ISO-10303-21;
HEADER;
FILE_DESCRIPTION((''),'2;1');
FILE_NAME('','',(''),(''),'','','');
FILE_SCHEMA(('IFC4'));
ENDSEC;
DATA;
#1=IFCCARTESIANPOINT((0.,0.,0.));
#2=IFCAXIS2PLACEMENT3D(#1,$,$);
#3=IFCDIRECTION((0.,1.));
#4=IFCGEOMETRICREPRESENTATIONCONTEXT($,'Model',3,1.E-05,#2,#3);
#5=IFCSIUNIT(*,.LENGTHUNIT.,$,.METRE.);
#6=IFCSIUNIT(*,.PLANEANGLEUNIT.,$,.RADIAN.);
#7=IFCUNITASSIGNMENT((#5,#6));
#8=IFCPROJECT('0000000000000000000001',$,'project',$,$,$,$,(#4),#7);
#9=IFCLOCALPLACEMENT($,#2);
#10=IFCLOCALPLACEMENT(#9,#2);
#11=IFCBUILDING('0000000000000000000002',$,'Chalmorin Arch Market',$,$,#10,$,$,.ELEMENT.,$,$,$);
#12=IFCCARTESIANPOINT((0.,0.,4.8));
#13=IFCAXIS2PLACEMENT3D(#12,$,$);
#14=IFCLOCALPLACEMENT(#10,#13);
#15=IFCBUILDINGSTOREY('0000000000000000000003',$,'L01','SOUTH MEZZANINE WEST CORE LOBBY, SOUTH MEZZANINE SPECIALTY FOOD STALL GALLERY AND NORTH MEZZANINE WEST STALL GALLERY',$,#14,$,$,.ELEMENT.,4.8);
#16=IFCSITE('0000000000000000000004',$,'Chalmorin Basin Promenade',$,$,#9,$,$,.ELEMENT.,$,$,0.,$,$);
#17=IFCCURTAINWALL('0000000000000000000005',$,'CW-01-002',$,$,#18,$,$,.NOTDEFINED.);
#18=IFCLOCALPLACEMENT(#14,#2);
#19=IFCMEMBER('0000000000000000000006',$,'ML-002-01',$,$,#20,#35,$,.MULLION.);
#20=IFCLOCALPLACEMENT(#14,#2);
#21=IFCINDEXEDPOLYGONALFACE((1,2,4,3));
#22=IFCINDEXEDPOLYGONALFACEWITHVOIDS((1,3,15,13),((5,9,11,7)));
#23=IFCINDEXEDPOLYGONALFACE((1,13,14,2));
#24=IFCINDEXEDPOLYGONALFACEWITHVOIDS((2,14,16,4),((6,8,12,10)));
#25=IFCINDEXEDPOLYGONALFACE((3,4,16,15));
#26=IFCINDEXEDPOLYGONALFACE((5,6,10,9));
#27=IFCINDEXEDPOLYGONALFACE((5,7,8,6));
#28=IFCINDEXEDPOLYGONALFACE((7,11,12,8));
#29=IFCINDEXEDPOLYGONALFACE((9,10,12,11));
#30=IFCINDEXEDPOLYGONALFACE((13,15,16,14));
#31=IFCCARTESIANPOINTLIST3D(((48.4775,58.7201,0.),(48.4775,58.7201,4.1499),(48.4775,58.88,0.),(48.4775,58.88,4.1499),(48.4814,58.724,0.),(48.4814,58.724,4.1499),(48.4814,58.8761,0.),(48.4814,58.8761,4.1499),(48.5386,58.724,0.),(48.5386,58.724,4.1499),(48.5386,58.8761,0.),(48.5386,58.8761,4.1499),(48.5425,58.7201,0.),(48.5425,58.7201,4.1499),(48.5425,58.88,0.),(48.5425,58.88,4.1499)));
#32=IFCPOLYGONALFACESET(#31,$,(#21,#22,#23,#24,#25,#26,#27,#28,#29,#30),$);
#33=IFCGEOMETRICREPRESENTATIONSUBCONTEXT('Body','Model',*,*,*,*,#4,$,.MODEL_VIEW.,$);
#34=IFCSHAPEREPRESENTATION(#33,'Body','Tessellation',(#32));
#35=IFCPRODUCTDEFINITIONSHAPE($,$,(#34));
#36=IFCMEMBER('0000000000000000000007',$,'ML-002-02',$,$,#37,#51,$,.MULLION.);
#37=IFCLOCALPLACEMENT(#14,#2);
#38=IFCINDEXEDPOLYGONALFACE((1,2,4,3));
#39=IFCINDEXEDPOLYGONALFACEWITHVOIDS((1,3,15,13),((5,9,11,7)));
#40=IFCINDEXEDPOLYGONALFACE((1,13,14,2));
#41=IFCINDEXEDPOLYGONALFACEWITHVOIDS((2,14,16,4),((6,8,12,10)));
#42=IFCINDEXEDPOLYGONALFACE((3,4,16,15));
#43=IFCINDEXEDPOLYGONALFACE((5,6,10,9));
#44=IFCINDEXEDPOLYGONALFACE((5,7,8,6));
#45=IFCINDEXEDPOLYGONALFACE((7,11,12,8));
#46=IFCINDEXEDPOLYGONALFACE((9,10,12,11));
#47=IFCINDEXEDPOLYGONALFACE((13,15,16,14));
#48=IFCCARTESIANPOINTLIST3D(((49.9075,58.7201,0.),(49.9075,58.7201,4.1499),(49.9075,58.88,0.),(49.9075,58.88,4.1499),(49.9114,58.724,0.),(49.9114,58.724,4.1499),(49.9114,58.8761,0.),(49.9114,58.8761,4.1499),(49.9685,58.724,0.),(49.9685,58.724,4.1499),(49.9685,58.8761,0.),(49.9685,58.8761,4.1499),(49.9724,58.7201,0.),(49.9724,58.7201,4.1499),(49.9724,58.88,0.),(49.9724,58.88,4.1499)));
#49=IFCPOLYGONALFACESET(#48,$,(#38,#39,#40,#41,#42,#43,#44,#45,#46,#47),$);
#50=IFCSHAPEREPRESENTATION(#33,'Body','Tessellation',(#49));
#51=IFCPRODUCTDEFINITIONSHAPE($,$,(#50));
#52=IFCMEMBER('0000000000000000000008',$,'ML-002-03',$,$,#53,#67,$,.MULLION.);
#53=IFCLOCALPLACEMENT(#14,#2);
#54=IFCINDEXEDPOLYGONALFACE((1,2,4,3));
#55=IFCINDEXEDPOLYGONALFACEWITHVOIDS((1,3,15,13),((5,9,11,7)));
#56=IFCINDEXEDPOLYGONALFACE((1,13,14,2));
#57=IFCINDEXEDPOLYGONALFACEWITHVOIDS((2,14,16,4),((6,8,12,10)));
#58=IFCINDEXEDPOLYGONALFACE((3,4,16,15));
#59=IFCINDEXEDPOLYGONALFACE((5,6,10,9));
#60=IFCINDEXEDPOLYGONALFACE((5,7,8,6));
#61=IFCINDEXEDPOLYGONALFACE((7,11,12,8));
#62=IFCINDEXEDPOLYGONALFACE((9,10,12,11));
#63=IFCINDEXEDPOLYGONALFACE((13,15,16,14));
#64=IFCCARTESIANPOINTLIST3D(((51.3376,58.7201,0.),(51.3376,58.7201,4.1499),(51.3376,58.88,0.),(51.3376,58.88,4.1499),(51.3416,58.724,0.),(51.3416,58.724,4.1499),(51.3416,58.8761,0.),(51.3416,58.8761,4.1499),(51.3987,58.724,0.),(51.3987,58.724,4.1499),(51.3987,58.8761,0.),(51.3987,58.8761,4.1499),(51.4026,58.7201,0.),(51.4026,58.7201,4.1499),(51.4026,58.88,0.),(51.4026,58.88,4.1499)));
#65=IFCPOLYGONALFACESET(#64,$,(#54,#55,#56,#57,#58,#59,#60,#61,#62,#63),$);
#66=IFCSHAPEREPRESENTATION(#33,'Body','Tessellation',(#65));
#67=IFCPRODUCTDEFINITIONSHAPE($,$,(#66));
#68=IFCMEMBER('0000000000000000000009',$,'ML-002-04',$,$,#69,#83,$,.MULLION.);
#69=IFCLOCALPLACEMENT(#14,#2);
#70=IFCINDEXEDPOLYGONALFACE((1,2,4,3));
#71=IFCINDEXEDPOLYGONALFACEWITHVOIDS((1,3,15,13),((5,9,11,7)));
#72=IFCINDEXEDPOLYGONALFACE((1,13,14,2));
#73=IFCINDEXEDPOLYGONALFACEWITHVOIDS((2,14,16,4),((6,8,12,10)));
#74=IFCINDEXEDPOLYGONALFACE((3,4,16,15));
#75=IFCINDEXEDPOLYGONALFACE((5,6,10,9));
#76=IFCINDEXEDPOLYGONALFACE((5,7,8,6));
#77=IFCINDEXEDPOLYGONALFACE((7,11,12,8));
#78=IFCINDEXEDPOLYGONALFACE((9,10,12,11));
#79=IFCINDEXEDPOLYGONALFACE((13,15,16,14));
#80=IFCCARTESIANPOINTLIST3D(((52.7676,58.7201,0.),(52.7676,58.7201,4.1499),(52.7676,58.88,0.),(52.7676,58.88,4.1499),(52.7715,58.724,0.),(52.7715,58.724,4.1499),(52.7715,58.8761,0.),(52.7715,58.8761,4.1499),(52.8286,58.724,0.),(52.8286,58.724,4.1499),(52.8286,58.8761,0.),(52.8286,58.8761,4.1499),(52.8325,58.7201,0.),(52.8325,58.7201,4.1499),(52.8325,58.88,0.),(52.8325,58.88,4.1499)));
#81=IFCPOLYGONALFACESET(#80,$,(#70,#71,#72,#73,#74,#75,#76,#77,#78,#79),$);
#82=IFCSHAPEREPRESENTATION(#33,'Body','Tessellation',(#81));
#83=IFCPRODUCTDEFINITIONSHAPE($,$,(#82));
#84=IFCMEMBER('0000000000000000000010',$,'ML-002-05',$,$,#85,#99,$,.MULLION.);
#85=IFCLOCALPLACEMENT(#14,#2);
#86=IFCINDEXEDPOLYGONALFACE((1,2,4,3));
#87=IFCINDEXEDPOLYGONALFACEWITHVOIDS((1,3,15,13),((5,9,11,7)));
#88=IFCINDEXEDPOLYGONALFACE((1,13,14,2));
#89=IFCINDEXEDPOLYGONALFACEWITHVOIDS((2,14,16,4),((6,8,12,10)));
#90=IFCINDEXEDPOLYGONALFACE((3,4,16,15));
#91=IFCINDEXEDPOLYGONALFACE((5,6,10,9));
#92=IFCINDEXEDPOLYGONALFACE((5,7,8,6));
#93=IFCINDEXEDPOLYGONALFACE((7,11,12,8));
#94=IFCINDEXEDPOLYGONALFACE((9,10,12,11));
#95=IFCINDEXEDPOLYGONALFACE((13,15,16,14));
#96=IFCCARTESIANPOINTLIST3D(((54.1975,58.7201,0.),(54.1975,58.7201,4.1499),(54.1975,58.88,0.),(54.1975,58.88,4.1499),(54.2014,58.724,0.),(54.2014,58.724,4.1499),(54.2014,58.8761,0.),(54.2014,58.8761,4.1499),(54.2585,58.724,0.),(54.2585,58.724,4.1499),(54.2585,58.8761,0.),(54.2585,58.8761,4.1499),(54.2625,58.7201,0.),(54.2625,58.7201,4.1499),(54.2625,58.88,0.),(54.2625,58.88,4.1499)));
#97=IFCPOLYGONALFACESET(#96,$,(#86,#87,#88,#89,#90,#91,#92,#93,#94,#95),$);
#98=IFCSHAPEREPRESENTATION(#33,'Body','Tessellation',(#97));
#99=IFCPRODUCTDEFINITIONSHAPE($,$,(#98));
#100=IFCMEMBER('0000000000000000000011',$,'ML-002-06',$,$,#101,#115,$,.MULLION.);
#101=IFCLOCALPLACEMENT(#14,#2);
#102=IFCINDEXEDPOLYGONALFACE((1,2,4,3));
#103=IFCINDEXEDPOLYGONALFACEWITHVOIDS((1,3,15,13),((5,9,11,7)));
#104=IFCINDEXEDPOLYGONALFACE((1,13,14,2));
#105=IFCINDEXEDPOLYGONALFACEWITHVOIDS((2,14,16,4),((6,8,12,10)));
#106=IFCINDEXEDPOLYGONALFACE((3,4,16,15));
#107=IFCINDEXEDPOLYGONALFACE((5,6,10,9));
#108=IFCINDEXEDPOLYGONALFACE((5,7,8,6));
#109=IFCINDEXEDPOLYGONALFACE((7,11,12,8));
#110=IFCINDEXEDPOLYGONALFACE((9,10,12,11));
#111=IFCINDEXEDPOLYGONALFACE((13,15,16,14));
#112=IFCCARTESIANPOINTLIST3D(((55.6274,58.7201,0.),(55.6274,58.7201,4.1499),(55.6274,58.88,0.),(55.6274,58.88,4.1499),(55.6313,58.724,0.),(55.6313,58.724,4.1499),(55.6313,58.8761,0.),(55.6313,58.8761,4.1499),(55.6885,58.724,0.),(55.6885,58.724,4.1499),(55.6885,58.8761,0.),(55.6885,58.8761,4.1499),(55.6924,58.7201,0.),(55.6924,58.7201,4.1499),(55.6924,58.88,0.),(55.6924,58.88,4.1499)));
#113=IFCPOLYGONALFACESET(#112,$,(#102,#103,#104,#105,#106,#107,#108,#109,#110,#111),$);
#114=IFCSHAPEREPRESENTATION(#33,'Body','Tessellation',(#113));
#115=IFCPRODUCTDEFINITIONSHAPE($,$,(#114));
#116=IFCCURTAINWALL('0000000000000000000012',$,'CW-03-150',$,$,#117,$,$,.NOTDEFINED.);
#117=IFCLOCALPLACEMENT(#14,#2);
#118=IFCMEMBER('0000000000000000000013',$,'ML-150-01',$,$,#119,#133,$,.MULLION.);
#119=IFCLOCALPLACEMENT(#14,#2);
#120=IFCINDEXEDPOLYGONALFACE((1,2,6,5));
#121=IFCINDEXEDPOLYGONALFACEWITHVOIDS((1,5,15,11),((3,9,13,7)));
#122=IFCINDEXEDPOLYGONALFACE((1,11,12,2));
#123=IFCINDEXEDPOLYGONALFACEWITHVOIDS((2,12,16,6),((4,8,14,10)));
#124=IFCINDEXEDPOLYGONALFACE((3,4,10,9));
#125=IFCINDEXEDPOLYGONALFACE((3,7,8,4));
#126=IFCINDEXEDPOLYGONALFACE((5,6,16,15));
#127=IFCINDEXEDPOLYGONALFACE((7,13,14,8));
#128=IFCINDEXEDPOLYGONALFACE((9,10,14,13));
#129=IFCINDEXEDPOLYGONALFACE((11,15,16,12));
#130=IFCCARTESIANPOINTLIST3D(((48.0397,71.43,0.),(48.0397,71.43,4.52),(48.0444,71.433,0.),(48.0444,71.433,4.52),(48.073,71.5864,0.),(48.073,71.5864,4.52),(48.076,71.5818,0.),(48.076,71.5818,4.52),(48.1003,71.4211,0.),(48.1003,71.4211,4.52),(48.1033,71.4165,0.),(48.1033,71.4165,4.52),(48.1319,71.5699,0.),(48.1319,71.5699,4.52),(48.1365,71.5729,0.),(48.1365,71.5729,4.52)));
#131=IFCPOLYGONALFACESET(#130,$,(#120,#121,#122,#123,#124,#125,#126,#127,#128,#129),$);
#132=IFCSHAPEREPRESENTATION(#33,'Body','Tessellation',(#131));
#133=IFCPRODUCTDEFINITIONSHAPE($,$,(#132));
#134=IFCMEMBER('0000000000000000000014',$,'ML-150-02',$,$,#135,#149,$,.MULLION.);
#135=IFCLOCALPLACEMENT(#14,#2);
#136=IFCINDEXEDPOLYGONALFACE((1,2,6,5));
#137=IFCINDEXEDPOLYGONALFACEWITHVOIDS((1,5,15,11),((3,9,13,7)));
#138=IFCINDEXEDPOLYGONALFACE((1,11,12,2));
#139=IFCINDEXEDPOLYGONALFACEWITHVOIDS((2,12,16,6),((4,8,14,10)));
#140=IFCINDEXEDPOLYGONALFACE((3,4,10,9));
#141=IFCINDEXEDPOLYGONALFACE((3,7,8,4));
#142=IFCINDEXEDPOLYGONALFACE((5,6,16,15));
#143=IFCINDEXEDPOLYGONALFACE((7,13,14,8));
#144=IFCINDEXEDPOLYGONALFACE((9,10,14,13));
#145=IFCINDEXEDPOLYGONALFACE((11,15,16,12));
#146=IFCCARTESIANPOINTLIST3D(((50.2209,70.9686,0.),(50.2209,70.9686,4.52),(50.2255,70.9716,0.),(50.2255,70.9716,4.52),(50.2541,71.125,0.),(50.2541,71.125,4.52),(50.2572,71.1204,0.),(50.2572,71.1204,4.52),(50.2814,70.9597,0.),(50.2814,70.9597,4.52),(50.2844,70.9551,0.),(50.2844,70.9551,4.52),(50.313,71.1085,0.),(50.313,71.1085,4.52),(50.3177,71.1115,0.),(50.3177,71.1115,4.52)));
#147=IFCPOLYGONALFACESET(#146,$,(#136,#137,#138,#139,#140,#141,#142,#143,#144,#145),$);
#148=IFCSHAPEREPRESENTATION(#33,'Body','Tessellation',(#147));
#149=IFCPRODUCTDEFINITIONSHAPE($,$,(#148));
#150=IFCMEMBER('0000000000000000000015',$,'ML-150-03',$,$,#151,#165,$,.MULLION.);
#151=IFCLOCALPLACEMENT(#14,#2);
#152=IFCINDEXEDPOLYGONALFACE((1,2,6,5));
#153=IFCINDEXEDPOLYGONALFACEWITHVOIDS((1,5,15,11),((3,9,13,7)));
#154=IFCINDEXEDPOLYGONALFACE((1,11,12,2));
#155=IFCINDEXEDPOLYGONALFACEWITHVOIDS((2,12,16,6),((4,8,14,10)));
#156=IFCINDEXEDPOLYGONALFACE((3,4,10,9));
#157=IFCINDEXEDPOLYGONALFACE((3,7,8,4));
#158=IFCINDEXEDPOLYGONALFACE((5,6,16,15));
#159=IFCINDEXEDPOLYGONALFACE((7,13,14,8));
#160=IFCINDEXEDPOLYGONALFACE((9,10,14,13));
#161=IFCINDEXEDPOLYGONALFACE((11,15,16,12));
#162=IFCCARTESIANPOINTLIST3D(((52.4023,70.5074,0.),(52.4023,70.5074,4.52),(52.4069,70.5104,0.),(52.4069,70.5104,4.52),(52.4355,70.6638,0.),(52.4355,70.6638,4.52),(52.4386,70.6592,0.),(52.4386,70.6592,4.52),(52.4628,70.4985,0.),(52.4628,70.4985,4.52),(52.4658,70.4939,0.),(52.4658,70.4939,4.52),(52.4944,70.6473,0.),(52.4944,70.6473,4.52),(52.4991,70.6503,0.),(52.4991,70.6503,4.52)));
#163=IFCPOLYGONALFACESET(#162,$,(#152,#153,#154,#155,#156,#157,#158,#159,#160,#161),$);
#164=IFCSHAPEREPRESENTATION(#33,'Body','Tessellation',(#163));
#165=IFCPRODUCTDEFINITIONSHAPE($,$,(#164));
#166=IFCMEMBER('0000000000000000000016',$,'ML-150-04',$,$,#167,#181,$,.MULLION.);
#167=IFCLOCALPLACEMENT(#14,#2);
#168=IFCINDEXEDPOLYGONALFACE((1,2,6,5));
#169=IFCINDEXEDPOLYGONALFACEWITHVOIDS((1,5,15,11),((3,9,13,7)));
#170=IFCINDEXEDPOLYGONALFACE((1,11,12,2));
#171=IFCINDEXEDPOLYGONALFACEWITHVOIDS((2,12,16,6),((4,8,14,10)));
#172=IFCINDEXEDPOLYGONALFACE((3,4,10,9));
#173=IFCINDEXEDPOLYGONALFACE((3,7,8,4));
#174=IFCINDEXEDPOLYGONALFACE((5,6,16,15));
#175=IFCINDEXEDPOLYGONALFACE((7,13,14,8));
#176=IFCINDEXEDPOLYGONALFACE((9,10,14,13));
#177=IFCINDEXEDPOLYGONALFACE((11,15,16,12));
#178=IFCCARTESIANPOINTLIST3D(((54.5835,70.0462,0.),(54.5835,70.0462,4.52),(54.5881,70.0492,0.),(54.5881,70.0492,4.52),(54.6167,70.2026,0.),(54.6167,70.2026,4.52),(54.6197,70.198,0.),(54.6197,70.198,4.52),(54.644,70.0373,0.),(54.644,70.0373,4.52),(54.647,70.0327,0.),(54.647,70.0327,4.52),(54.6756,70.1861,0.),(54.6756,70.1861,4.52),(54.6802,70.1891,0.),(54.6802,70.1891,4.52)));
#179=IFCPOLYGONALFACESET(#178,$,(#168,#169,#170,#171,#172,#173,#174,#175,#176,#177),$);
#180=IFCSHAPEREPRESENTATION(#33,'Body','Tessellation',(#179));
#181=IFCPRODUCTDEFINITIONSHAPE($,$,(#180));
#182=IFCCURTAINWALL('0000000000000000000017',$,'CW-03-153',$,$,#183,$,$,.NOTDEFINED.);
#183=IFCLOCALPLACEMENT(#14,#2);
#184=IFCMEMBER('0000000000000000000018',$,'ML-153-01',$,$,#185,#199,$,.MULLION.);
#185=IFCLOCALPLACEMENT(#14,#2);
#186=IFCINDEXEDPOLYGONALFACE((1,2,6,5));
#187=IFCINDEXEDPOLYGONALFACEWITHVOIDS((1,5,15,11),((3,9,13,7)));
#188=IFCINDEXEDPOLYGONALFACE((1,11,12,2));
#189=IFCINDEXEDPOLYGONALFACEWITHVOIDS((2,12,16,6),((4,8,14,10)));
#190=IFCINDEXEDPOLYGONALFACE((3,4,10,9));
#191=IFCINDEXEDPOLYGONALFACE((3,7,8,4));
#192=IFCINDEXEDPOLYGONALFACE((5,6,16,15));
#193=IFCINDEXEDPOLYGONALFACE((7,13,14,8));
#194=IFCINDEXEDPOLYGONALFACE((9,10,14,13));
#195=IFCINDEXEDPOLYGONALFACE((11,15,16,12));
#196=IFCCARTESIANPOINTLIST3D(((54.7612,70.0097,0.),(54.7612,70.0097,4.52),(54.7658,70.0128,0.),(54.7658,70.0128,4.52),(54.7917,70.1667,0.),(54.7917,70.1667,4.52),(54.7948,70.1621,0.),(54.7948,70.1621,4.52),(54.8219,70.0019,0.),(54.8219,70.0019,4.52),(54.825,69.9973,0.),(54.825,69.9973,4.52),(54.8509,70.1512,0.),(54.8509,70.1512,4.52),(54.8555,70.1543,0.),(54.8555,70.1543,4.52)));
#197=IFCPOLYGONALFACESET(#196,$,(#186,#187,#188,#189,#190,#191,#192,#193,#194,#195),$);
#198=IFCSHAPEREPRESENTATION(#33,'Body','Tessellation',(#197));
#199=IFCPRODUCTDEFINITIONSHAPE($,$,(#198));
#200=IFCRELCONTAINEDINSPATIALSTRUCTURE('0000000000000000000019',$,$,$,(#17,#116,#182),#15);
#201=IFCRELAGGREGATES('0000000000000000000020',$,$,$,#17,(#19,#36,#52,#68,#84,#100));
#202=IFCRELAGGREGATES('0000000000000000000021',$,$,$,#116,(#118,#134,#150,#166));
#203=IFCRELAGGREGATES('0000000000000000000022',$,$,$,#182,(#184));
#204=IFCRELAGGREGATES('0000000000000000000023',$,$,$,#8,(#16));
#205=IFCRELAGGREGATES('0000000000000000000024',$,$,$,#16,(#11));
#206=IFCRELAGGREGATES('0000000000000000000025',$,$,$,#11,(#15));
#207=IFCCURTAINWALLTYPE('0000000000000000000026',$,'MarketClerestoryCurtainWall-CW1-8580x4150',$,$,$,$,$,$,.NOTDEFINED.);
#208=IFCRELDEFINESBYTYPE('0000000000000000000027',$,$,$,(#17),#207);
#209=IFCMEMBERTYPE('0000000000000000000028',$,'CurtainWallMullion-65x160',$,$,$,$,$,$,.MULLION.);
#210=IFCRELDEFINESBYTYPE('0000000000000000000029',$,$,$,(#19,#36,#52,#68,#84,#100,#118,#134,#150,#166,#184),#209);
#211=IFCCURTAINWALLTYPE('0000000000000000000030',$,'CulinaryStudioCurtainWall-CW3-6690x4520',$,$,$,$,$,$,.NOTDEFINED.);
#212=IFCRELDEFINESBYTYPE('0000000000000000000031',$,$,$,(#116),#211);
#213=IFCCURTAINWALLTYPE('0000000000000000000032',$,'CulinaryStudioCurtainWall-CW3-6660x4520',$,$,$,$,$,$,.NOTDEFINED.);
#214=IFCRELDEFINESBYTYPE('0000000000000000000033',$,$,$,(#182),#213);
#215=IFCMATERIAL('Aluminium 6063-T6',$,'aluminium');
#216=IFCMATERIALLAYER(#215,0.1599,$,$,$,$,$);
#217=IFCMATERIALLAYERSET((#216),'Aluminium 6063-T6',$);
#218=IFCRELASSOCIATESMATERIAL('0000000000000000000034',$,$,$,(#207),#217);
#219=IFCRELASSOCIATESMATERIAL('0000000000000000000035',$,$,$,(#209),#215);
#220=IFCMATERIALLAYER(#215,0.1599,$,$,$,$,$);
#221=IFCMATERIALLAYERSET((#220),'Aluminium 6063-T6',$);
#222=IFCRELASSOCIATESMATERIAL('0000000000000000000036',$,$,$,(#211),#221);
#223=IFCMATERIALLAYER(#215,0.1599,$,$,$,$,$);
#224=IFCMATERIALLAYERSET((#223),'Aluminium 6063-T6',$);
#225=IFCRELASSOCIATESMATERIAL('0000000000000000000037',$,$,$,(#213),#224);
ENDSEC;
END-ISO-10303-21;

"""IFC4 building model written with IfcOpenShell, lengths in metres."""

from ifc_helpers import new_model, si_unit, direction, frame, origin, origin_2d, place, context, subcontext, project, spatial, hollow_rectangle, extrude, material, layer, layer_set, material_profile, profile_set, type_object, element, aggregate, save


model = new_model("IFC4")

# Units and contexts
model_context = context("Model", 3, precision=1e-05, world=origin(), true_north=direction((0.0, 1.0)))
body_context = subcontext(model_context, "Body", "Model", "MODEL_VIEW")
ifc_project = project(units=[si_unit("LENGTHUNIT", "METRE"), si_unit("PLANEANGLEUNIT", "RADIAN")], contexts=[model_context])

# Site, building, storey
site_placement = place(None, origin())
site = spatial("IfcSite", under=ifc_project, at=site_placement, Name="Chalmorin Basin Promenade", CompositionType="ELEMENT", RefElevation=0.0)
building_placement = place(site_placement, origin())
building = spatial("IfcBuilding", under=site, at=building_placement, Name="Chalmorin Arch Market", CompositionType="ELEMENT")
storey_placement = place(building_placement, frame((0.0, 0.0, 4.8)))
storey = spatial("IfcBuildingStorey", under=building, at=storey_placement, Name="L01", Description="SOUTH MEZZANINE WEST CORE LOBBY, SOUTH MEZZANINE SPECIALTY FOOD STALL GALLERY AND NORTH MEZZANINE WEST STALL GALLERY", CompositionType="ELEMENT", Elevation=4.8)

# Curtain walls, members
ifc_material_1 = material(Name="Aluminium 6063-T6", Category="aluminium")
ifc_layer_1 = layer(ifc_material_1, 0.1599)
ifc_layer_set_1 = layer_set([ifc_layer_1], Name="Aluminium 6063-T6")
curtain_wall_type_1 = type_object("IfcCurtainWallType", Name="MarketClerestoryCurtainWall-CW1-8580x4150", PredefinedType="NOTDEFINED", material=ifc_layer_set_1)
curtain_wall_1_placement = place(storey_placement, origin())
curtain_wall_1 = element("IfcCurtainWall", 1, at=curtain_wall_1_placement, inside=storey, type_object=curtain_wall_type_1, Name="CW-01-002", PredefinedType="NOTDEFINED")
ifc_material_profile_1 = material_profile(ifc_material_1, hollow_rectangle(XDim=0.0649, YDim=0.1599, WallThickness=0.0039, at=origin_2d()), Name="ALU65X160X4")
ifc_profile_set_1 = profile_set([ifc_material_profile_1], Name="Aluminium 6063-T6")
member_type_1 = type_object("IfcMemberType", Name="CurtainWallMullion-65x160", PredefinedType="MULLION", material=ifc_profile_set_1)
member_1_placement = place(storey_placement, frame((48.51, 58.8, 0.0), z_axis=(0.0, 0.0, 1.0), x_axis=(1.0, 0.0, 0.0)))
member_1 = element("IfcMember", 2, at=member_1_placement, type_object=member_type_1, Name="ML-002-01", PredefinedType="MULLION", context=body_context, shape_type="SweptSolid", body=[
    extrude(hollow_rectangle(XDim=0.0649, YDim=0.1599, WallThickness=0.0039, at=origin_2d()), origin(), (0.0, 0.0, 1.0), 4.1499),
])
member_2_placement = place(storey_placement, frame((49.9399, 58.8, 0.0), z_axis=(0.0, 0.0, 1.0), x_axis=(1.0, 0.0, 0.0)))
member_2 = element("IfcMember", 3, at=member_2_placement, type_object=member_type_1, Name="ML-002-02", PredefinedType="MULLION", context=body_context, shape_type="SweptSolid", body=[
    extrude(hollow_rectangle(XDim=0.0649, YDim=0.1599, WallThickness=0.0039, at=origin_2d()), origin(), (0.0, 0.0, 1.0), 4.1499),
])
member_3_placement = place(storey_placement, frame((51.3701, 58.8, 0.0), z_axis=(0.0, 0.0, 1.0), x_axis=(1.0, 0.0, 0.0)))
member_3 = element("IfcMember", 4, at=member_3_placement, type_object=member_type_1, Name="ML-002-03", PredefinedType="MULLION", context=body_context, shape_type="SweptSolid", body=[
    extrude(hollow_rectangle(XDim=0.0649, YDim=0.1599, WallThickness=0.0039, at=origin_2d()), origin(), (0.0, 0.0, 1.0), 4.1499),
])
member_4_placement = place(storey_placement, frame((52.8, 58.8, 0.0), z_axis=(0.0, 0.0, 1.0), x_axis=(1.0, 0.0, 0.0)))
member_4 = element("IfcMember", 5, at=member_4_placement, type_object=member_type_1, Name="ML-002-04", PredefinedType="MULLION", context=body_context, shape_type="SweptSolid", body=[
    extrude(hollow_rectangle(XDim=0.0649, YDim=0.1599, WallThickness=0.0039, at=origin_2d()), origin(), (0.0, 0.0, 1.0), 4.1499),
])
member_5_placement = place(storey_placement, frame((54.23, 58.8, 0.0), z_axis=(0.0, 0.0, 1.0), x_axis=(1.0, 0.0, 0.0)))
member_5 = element("IfcMember", 6, at=member_5_placement, type_object=member_type_1, Name="ML-002-05", PredefinedType="MULLION", context=body_context, shape_type="SweptSolid", body=[
    extrude(hollow_rectangle(XDim=0.0649, YDim=0.1599, WallThickness=0.0039, at=origin_2d()), origin(), (0.0, 0.0, 1.0), 4.1499),
])
member_6_placement = place(storey_placement, frame((55.6599, 58.8, 0.0), z_axis=(0.0, 0.0, 1.0), x_axis=(1.0, 0.0, 0.0)))
member_6 = element("IfcMember", 7, at=member_6_placement, type_object=member_type_1, Name="ML-002-06", PredefinedType="MULLION", context=body_context, shape_type="SweptSolid", body=[
    extrude(hollow_rectangle(XDim=0.0649, YDim=0.1599, WallThickness=0.0039, at=origin_2d()), origin(), (0.0, 0.0, 1.0), 4.1499),
])
ifc_layer_2 = layer(ifc_material_1, 0.1599)
ifc_layer_set_2 = layer_set([ifc_layer_2], Name="Aluminium 6063-T6")
curtain_wall_type_2 = type_object("IfcCurtainWallType", Name="CulinaryStudioCurtainWall-CW3-6690x4520", PredefinedType="NOTDEFINED", material=ifc_layer_set_2)
curtain_wall_2_placement = place(storey_placement, origin())
curtain_wall_2 = element("IfcCurtainWall", 8, at=curtain_wall_2_placement, inside=storey, type_object=curtain_wall_type_2, Name="CW-03-150", PredefinedType="NOTDEFINED")
member_7_placement = place(storey_placement, frame((48.0881, 71.5015, 0.0), z_axis=(0.0, 0.0, 1.0), x_axis=(0.978148, -0.207912, 0.0)))
member_7 = element("IfcMember", 9, at=member_7_placement, type_object=member_type_1, Name="ML-150-01", PredefinedType="MULLION", context=body_context, shape_type="SweptSolid", body=[
    extrude(hollow_rectangle(XDim=0.0649, YDim=0.1599, WallThickness=0.0039, at=origin_2d()), origin(), (0.0, 0.0, 1.0), 4.52),
])
member_8_placement = place(storey_placement, frame((50.2693, 71.04, 0.0), z_axis=(0.0, 0.0, 1.0), x_axis=(0.978148, -0.207912, 0.0)))
member_8 = element("IfcMember", 10, at=member_8_placement, type_object=member_type_1, Name="ML-150-02", PredefinedType="MULLION", context=body_context, shape_type="SweptSolid", body=[
    extrude(hollow_rectangle(XDim=0.0649, YDim=0.1599, WallThickness=0.0039, at=origin_2d()), origin(), (0.0, 0.0, 1.0), 4.52),
])
member_9_placement = place(storey_placement, frame((52.4507, 70.5789, 0.0), z_axis=(0.0, 0.0, 1.0), x_axis=(0.978148, -0.207912, 0.0)))
member_9 = element("IfcMember", 11, at=member_9_placement, type_object=member_type_1, Name="ML-150-03", PredefinedType="MULLION", context=body_context, shape_type="SweptSolid", body=[
    extrude(hollow_rectangle(XDim=0.0649, YDim=0.1599, WallThickness=0.0039, at=origin_2d()), origin(), (0.0, 0.0, 1.0), 4.52),
])
member_10_placement = place(storey_placement, frame((54.6318, 70.1177, 0.0), z_axis=(0.0, 0.0, 1.0), x_axis=(0.978148, -0.207912, 0.0)))
member_10 = element("IfcMember", 12, at=member_10_placement, type_object=member_type_1, Name="ML-150-04", PredefinedType="MULLION", context=body_context, shape_type="SweptSolid", body=[
    extrude(hollow_rectangle(XDim=0.0649, YDim=0.1599, WallThickness=0.0039, at=origin_2d()), origin(), (0.0, 0.0, 1.0), 4.52),
])

# Curtain wall, member
ifc_layer_3 = layer(ifc_material_1, 0.1599)
ifc_layer_set_3 = layer_set([ifc_layer_3], Name="Aluminium 6063-T6")
curtain_wall_type_3 = type_object("IfcCurtainWallType", Name="CulinaryStudioCurtainWall-CW3-6660x4520", PredefinedType="NOTDEFINED", material=ifc_layer_set_3)
curtain_wall_3_placement = place(storey_placement, origin())
curtain_wall_3 = element("IfcCurtainWall", 13, at=curtain_wall_3_placement, inside=storey, type_object=curtain_wall_type_3, Name="CW-03-153", PredefinedType="NOTDEFINED")
member_11_placement = place(storey_placement, frame((54.8083, 70.082, 0.0), z_axis=(0.0, 0.0, 1.0), x_axis=(0.981627, -0.190809, 0.0)))
member_11 = element("IfcMember", 14, at=member_11_placement, type_object=member_type_1, Name="ML-153-01", PredefinedType="MULLION", context=body_context, shape_type="SweptSolid", body=[
    extrude(hollow_rectangle(XDim=0.0649, YDim=0.1599, WallThickness=0.0039, at=origin_2d()), origin(), (0.0, 0.0, 1.0), 4.52),
])

aggregate(curtain_wall_1, [member_1, member_2, member_3, member_4, member_5, member_6])
aggregate(curtain_wall_2, [member_7, member_8, member_9, member_10])
aggregate(curtain_wall_3, [member_11])

save(model, "model.ifc")
